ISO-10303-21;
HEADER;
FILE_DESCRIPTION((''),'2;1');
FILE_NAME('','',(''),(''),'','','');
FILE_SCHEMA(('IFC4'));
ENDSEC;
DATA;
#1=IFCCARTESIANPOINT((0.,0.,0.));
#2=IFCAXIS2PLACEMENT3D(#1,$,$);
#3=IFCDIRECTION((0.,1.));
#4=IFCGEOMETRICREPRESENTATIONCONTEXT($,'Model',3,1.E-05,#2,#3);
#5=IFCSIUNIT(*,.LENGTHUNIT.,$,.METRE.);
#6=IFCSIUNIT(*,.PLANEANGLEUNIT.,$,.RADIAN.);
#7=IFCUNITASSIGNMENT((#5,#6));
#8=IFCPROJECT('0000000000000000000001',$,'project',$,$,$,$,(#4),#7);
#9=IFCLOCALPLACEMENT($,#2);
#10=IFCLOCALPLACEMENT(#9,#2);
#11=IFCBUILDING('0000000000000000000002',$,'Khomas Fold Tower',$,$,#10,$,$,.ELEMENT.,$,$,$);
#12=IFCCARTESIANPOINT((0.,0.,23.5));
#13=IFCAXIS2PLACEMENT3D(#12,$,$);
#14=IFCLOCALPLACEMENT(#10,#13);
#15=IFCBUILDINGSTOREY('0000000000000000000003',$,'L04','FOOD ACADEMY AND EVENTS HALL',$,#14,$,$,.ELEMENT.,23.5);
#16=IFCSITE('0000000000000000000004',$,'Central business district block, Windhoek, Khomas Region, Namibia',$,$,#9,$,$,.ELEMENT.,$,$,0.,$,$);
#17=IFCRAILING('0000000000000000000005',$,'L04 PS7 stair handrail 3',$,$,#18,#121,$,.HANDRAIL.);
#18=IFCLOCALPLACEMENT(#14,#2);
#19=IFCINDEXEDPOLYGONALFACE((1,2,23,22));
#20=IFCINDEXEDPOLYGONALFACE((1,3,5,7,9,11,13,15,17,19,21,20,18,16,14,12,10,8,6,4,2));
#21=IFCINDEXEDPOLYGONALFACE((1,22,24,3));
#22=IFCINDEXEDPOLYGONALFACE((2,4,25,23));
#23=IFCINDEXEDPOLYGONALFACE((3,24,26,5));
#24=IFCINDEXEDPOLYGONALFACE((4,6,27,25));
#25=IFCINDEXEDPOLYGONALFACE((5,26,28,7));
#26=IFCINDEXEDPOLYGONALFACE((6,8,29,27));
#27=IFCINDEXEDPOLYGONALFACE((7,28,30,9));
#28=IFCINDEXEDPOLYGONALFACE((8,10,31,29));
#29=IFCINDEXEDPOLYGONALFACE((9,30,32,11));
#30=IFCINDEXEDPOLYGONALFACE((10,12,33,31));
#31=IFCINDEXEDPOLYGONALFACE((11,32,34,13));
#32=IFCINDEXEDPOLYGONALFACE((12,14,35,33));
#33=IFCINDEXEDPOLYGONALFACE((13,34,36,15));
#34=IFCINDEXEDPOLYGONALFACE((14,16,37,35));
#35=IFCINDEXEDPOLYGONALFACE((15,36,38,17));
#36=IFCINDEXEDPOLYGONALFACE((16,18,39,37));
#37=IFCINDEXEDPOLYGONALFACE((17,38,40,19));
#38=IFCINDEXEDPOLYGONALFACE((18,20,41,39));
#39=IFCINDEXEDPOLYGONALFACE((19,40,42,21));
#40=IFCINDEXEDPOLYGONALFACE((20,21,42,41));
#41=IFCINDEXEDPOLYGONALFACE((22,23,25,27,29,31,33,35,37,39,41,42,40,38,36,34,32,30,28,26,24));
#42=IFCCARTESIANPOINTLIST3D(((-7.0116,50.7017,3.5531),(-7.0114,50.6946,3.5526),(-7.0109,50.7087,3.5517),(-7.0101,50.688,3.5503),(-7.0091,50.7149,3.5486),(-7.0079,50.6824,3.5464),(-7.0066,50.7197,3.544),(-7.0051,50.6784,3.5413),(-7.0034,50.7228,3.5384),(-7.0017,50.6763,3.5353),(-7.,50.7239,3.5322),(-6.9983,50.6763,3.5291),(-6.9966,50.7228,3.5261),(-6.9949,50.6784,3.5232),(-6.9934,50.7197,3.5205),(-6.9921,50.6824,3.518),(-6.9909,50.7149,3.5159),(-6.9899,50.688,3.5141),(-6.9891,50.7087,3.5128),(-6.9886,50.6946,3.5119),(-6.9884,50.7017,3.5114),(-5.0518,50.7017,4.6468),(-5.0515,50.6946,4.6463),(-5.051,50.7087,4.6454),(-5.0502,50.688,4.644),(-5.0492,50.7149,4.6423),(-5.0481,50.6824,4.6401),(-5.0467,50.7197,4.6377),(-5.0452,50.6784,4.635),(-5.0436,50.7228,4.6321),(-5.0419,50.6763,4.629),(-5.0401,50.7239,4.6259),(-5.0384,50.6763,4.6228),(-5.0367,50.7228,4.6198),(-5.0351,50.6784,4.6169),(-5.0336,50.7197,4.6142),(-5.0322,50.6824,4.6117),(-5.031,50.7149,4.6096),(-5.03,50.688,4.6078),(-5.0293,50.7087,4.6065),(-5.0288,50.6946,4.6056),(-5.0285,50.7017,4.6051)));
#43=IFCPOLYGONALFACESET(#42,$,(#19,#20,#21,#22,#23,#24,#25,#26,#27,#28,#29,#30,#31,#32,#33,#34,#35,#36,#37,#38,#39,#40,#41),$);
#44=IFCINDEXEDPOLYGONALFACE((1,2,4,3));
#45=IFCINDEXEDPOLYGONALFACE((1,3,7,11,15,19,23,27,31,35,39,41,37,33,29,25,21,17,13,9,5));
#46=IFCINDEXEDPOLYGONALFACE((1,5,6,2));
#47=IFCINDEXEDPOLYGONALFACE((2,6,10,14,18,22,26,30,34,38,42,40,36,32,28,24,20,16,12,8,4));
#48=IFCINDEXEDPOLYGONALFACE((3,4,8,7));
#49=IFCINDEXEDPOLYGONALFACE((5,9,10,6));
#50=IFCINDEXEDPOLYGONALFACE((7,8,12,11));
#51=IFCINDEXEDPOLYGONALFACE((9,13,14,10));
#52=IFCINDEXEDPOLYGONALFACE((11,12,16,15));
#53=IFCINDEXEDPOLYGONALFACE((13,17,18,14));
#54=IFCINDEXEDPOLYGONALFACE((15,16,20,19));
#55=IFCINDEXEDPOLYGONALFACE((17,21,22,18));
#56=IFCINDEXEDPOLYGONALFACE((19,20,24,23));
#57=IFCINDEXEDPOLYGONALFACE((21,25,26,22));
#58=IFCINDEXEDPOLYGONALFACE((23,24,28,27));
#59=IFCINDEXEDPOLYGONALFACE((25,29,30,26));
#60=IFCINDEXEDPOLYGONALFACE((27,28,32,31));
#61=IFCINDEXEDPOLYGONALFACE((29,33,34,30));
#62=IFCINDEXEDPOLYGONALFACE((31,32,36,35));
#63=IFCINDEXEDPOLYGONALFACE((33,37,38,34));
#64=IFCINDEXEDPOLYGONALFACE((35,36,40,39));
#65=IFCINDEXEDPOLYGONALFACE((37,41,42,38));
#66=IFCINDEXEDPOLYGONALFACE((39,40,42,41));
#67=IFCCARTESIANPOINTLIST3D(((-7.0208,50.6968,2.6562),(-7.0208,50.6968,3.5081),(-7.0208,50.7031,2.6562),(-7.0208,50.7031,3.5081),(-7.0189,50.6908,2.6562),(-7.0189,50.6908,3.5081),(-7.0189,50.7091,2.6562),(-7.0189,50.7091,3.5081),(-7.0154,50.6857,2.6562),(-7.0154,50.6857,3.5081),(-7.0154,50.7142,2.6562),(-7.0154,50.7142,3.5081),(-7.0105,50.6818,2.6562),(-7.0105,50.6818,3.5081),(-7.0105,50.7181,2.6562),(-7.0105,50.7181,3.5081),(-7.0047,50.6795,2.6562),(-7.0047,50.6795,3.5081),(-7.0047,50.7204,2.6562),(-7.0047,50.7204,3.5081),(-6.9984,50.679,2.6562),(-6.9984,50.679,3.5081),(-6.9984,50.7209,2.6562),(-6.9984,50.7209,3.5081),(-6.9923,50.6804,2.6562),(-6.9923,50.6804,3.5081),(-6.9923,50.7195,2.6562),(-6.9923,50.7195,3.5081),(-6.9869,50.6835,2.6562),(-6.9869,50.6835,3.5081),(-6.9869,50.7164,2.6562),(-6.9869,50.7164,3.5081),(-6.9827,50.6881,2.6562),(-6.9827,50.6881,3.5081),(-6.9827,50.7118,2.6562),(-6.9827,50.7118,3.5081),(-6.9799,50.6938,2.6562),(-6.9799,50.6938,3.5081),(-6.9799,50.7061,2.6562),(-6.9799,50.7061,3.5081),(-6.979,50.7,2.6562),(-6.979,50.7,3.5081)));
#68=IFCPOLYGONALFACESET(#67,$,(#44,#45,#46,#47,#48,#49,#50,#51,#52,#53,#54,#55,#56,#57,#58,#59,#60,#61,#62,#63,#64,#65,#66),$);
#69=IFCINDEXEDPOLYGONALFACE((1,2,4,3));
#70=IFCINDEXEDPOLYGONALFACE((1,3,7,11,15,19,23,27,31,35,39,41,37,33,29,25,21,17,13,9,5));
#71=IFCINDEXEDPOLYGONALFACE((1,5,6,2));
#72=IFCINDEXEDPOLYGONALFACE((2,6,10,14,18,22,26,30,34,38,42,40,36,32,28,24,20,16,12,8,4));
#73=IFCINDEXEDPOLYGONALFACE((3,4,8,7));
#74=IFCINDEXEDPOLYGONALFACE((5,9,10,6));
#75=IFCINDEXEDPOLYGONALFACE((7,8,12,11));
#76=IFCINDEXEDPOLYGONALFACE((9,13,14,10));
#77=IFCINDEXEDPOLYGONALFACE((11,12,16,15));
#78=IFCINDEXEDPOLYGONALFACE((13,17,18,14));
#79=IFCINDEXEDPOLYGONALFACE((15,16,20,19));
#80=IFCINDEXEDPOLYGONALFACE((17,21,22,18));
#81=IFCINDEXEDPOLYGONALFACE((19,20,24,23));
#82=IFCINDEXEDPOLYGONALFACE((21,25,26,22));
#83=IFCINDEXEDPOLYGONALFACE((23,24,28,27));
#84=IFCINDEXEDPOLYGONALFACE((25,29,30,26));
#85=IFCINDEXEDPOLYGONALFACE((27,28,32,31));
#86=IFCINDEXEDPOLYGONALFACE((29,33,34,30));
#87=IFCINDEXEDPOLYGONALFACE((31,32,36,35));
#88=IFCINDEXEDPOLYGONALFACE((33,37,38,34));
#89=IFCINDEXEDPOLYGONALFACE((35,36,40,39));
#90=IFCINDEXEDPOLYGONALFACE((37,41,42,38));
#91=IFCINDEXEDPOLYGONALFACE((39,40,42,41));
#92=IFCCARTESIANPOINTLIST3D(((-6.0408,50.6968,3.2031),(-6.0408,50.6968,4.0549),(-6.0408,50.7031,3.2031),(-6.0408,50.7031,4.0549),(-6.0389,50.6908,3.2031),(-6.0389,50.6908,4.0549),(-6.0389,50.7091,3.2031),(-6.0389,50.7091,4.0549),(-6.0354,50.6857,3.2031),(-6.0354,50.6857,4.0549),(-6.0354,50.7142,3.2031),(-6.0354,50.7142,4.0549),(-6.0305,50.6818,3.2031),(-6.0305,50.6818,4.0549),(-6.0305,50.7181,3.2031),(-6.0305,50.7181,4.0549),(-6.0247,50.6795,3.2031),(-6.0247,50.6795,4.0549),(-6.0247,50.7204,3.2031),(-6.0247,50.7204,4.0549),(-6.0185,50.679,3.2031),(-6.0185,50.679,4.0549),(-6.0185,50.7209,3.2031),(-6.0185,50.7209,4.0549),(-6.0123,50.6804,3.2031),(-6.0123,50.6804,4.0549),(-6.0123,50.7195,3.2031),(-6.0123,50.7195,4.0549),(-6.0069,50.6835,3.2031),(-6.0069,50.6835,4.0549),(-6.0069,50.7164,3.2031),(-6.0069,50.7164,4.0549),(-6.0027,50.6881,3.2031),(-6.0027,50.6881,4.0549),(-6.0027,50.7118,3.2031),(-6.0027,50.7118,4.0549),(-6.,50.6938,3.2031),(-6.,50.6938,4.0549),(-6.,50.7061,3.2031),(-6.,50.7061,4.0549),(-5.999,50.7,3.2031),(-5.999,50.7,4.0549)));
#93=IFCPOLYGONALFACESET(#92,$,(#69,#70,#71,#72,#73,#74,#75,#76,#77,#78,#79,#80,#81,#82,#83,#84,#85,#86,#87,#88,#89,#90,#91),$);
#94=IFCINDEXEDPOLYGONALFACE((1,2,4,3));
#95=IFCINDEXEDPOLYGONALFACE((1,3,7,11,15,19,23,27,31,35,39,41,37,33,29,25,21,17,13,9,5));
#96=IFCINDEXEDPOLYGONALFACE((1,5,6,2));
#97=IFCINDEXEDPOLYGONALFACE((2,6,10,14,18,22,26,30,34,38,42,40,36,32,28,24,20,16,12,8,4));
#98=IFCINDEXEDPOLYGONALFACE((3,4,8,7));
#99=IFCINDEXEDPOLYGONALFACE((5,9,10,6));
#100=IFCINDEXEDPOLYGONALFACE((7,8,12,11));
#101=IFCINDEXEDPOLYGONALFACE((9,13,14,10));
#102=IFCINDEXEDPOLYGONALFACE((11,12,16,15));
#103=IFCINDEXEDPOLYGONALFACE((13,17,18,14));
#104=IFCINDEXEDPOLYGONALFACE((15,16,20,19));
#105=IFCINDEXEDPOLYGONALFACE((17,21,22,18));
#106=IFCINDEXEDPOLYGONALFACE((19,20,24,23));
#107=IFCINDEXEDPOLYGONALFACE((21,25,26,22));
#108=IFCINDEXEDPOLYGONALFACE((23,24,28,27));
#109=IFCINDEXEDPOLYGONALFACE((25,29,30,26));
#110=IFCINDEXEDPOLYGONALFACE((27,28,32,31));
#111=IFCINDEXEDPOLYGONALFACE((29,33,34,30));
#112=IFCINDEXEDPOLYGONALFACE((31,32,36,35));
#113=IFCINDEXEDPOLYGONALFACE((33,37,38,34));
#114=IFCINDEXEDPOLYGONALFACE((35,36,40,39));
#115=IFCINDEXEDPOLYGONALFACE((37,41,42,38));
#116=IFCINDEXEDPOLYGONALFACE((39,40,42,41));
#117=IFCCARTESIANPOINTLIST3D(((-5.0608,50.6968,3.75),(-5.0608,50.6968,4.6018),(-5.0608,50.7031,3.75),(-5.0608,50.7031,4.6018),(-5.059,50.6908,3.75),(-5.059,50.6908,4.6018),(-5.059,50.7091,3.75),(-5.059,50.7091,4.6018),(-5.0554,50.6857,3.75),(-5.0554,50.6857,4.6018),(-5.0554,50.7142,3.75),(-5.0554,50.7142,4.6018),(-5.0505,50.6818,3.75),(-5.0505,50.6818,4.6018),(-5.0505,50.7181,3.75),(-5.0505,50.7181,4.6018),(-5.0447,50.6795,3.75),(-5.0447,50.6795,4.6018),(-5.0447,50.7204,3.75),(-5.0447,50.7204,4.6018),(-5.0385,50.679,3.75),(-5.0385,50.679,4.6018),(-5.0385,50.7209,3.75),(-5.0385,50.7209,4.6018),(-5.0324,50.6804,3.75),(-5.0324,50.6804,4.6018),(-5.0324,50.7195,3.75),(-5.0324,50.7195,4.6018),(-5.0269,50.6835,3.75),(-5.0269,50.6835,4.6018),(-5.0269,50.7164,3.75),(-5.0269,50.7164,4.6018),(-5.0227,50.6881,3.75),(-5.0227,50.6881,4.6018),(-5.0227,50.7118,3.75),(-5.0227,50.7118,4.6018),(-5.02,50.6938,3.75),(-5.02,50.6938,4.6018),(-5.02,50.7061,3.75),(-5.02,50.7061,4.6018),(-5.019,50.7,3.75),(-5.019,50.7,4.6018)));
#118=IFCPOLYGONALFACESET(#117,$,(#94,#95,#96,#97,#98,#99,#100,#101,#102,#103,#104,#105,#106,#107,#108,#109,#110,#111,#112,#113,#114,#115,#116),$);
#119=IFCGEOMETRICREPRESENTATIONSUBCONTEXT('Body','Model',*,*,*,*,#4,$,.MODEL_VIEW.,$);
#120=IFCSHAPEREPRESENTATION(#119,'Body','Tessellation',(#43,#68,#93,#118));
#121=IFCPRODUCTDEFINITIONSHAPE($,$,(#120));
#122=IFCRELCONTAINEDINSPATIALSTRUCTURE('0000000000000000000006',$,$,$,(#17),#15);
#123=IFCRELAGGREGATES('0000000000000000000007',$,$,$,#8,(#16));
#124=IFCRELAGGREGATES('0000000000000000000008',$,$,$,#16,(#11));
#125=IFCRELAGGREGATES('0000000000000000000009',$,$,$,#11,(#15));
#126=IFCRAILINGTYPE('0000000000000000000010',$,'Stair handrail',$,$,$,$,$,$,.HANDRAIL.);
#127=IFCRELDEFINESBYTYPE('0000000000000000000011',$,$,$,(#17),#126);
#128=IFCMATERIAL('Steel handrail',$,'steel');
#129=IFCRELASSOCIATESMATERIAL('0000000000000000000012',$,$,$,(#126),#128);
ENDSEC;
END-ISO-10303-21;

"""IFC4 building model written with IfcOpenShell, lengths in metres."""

from ifc_helpers import new_model, si_unit, direction, frame, origin, origin_2d, place, context, subcontext, project, spatial, circle, extrude, source, transform, mapped, material, type_object, element, save


model = new_model("IFC4")

# Units and contexts
model_context = context("Model", 3, precision=1e-05, world=origin(), true_north=direction((0.0, 1.0)))
body_context = subcontext(model_context, "Body", "Model", "MODEL_VIEW")
ifc_project = project(units=[si_unit("LENGTHUNIT", "METRE"), si_unit("PLANEANGLEUNIT", "RADIAN")], contexts=[model_context])

# Site, building, storey
site_placement = place(None, origin())
site = spatial("IfcSite", under=ifc_project, at=site_placement, Name="Central business district block, Windhoek, Khomas Region, Namibia", CompositionType="ELEMENT", RefElevation=0.0)
building_placement = place(site_placement, origin())
building = spatial("IfcBuilding", under=site, at=building_placement, Name="Khomas Fold Tower", CompositionType="ELEMENT")
storey_placement = place(building_placement, frame((0.0, 0.0, 23.5)))
storey = spatial("IfcBuildingStorey", under=building, at=storey_placement, Name="L04", Description="FOOD ACADEMY AND EVENTS HALL", CompositionType="ELEMENT", Elevation=23.5)

# Railing
ifc_material_1 = material(Name="Steel handrail", Category="steel")
railing_type_1 = type_object("IfcRailingType", Name="Stair handrail", PredefinedType="HANDRAIL", material=ifc_material_1)
shared_shape_1 = source(origin(), body_context, "Body", "SweptSolid", [
    extrude(circle(Radius=0.0239, at=origin_2d()), frame((0.0, 0.0, 0.876), z_axis=(0.873232, 0.0, 0.487304), x_axis=(0.0, 1.0, 0.0)), (0.0, 0.0, 1.0), 2.2444),
    extrude(circle(Radius=0.021, at=origin_2d()), origin(), (0.0, 0.0, 1.0), 0.8518),
    extrude(circle(Radius=0.021, at=origin_2d()), frame((0.98, 0.0, 0.5469)), (0.0, 0.0, 1.0), 0.8518),
    extrude(circle(Radius=0.021, at=origin_2d()), frame((1.96, 0.0, 1.0938)), (0.0, 0.0, 1.0), 0.8518),
])
for number, where, name in (
    (1, (-7.0, 50.7, 2.6562), "L04 PS7 stair handrail 3"),
):
    element("IfcRailing", number, at=place(storey_placement, frame(where)), inside=storey, type_object=railing_type_1, Name=name, PredefinedType="HANDRAIL", context=body_context, shape_type="MappedRepresentation", body=[
        mapped(shared_shape_1, transform((0.0, 0.0, 0.0))),
    ])

save(model, "model.ifc")
